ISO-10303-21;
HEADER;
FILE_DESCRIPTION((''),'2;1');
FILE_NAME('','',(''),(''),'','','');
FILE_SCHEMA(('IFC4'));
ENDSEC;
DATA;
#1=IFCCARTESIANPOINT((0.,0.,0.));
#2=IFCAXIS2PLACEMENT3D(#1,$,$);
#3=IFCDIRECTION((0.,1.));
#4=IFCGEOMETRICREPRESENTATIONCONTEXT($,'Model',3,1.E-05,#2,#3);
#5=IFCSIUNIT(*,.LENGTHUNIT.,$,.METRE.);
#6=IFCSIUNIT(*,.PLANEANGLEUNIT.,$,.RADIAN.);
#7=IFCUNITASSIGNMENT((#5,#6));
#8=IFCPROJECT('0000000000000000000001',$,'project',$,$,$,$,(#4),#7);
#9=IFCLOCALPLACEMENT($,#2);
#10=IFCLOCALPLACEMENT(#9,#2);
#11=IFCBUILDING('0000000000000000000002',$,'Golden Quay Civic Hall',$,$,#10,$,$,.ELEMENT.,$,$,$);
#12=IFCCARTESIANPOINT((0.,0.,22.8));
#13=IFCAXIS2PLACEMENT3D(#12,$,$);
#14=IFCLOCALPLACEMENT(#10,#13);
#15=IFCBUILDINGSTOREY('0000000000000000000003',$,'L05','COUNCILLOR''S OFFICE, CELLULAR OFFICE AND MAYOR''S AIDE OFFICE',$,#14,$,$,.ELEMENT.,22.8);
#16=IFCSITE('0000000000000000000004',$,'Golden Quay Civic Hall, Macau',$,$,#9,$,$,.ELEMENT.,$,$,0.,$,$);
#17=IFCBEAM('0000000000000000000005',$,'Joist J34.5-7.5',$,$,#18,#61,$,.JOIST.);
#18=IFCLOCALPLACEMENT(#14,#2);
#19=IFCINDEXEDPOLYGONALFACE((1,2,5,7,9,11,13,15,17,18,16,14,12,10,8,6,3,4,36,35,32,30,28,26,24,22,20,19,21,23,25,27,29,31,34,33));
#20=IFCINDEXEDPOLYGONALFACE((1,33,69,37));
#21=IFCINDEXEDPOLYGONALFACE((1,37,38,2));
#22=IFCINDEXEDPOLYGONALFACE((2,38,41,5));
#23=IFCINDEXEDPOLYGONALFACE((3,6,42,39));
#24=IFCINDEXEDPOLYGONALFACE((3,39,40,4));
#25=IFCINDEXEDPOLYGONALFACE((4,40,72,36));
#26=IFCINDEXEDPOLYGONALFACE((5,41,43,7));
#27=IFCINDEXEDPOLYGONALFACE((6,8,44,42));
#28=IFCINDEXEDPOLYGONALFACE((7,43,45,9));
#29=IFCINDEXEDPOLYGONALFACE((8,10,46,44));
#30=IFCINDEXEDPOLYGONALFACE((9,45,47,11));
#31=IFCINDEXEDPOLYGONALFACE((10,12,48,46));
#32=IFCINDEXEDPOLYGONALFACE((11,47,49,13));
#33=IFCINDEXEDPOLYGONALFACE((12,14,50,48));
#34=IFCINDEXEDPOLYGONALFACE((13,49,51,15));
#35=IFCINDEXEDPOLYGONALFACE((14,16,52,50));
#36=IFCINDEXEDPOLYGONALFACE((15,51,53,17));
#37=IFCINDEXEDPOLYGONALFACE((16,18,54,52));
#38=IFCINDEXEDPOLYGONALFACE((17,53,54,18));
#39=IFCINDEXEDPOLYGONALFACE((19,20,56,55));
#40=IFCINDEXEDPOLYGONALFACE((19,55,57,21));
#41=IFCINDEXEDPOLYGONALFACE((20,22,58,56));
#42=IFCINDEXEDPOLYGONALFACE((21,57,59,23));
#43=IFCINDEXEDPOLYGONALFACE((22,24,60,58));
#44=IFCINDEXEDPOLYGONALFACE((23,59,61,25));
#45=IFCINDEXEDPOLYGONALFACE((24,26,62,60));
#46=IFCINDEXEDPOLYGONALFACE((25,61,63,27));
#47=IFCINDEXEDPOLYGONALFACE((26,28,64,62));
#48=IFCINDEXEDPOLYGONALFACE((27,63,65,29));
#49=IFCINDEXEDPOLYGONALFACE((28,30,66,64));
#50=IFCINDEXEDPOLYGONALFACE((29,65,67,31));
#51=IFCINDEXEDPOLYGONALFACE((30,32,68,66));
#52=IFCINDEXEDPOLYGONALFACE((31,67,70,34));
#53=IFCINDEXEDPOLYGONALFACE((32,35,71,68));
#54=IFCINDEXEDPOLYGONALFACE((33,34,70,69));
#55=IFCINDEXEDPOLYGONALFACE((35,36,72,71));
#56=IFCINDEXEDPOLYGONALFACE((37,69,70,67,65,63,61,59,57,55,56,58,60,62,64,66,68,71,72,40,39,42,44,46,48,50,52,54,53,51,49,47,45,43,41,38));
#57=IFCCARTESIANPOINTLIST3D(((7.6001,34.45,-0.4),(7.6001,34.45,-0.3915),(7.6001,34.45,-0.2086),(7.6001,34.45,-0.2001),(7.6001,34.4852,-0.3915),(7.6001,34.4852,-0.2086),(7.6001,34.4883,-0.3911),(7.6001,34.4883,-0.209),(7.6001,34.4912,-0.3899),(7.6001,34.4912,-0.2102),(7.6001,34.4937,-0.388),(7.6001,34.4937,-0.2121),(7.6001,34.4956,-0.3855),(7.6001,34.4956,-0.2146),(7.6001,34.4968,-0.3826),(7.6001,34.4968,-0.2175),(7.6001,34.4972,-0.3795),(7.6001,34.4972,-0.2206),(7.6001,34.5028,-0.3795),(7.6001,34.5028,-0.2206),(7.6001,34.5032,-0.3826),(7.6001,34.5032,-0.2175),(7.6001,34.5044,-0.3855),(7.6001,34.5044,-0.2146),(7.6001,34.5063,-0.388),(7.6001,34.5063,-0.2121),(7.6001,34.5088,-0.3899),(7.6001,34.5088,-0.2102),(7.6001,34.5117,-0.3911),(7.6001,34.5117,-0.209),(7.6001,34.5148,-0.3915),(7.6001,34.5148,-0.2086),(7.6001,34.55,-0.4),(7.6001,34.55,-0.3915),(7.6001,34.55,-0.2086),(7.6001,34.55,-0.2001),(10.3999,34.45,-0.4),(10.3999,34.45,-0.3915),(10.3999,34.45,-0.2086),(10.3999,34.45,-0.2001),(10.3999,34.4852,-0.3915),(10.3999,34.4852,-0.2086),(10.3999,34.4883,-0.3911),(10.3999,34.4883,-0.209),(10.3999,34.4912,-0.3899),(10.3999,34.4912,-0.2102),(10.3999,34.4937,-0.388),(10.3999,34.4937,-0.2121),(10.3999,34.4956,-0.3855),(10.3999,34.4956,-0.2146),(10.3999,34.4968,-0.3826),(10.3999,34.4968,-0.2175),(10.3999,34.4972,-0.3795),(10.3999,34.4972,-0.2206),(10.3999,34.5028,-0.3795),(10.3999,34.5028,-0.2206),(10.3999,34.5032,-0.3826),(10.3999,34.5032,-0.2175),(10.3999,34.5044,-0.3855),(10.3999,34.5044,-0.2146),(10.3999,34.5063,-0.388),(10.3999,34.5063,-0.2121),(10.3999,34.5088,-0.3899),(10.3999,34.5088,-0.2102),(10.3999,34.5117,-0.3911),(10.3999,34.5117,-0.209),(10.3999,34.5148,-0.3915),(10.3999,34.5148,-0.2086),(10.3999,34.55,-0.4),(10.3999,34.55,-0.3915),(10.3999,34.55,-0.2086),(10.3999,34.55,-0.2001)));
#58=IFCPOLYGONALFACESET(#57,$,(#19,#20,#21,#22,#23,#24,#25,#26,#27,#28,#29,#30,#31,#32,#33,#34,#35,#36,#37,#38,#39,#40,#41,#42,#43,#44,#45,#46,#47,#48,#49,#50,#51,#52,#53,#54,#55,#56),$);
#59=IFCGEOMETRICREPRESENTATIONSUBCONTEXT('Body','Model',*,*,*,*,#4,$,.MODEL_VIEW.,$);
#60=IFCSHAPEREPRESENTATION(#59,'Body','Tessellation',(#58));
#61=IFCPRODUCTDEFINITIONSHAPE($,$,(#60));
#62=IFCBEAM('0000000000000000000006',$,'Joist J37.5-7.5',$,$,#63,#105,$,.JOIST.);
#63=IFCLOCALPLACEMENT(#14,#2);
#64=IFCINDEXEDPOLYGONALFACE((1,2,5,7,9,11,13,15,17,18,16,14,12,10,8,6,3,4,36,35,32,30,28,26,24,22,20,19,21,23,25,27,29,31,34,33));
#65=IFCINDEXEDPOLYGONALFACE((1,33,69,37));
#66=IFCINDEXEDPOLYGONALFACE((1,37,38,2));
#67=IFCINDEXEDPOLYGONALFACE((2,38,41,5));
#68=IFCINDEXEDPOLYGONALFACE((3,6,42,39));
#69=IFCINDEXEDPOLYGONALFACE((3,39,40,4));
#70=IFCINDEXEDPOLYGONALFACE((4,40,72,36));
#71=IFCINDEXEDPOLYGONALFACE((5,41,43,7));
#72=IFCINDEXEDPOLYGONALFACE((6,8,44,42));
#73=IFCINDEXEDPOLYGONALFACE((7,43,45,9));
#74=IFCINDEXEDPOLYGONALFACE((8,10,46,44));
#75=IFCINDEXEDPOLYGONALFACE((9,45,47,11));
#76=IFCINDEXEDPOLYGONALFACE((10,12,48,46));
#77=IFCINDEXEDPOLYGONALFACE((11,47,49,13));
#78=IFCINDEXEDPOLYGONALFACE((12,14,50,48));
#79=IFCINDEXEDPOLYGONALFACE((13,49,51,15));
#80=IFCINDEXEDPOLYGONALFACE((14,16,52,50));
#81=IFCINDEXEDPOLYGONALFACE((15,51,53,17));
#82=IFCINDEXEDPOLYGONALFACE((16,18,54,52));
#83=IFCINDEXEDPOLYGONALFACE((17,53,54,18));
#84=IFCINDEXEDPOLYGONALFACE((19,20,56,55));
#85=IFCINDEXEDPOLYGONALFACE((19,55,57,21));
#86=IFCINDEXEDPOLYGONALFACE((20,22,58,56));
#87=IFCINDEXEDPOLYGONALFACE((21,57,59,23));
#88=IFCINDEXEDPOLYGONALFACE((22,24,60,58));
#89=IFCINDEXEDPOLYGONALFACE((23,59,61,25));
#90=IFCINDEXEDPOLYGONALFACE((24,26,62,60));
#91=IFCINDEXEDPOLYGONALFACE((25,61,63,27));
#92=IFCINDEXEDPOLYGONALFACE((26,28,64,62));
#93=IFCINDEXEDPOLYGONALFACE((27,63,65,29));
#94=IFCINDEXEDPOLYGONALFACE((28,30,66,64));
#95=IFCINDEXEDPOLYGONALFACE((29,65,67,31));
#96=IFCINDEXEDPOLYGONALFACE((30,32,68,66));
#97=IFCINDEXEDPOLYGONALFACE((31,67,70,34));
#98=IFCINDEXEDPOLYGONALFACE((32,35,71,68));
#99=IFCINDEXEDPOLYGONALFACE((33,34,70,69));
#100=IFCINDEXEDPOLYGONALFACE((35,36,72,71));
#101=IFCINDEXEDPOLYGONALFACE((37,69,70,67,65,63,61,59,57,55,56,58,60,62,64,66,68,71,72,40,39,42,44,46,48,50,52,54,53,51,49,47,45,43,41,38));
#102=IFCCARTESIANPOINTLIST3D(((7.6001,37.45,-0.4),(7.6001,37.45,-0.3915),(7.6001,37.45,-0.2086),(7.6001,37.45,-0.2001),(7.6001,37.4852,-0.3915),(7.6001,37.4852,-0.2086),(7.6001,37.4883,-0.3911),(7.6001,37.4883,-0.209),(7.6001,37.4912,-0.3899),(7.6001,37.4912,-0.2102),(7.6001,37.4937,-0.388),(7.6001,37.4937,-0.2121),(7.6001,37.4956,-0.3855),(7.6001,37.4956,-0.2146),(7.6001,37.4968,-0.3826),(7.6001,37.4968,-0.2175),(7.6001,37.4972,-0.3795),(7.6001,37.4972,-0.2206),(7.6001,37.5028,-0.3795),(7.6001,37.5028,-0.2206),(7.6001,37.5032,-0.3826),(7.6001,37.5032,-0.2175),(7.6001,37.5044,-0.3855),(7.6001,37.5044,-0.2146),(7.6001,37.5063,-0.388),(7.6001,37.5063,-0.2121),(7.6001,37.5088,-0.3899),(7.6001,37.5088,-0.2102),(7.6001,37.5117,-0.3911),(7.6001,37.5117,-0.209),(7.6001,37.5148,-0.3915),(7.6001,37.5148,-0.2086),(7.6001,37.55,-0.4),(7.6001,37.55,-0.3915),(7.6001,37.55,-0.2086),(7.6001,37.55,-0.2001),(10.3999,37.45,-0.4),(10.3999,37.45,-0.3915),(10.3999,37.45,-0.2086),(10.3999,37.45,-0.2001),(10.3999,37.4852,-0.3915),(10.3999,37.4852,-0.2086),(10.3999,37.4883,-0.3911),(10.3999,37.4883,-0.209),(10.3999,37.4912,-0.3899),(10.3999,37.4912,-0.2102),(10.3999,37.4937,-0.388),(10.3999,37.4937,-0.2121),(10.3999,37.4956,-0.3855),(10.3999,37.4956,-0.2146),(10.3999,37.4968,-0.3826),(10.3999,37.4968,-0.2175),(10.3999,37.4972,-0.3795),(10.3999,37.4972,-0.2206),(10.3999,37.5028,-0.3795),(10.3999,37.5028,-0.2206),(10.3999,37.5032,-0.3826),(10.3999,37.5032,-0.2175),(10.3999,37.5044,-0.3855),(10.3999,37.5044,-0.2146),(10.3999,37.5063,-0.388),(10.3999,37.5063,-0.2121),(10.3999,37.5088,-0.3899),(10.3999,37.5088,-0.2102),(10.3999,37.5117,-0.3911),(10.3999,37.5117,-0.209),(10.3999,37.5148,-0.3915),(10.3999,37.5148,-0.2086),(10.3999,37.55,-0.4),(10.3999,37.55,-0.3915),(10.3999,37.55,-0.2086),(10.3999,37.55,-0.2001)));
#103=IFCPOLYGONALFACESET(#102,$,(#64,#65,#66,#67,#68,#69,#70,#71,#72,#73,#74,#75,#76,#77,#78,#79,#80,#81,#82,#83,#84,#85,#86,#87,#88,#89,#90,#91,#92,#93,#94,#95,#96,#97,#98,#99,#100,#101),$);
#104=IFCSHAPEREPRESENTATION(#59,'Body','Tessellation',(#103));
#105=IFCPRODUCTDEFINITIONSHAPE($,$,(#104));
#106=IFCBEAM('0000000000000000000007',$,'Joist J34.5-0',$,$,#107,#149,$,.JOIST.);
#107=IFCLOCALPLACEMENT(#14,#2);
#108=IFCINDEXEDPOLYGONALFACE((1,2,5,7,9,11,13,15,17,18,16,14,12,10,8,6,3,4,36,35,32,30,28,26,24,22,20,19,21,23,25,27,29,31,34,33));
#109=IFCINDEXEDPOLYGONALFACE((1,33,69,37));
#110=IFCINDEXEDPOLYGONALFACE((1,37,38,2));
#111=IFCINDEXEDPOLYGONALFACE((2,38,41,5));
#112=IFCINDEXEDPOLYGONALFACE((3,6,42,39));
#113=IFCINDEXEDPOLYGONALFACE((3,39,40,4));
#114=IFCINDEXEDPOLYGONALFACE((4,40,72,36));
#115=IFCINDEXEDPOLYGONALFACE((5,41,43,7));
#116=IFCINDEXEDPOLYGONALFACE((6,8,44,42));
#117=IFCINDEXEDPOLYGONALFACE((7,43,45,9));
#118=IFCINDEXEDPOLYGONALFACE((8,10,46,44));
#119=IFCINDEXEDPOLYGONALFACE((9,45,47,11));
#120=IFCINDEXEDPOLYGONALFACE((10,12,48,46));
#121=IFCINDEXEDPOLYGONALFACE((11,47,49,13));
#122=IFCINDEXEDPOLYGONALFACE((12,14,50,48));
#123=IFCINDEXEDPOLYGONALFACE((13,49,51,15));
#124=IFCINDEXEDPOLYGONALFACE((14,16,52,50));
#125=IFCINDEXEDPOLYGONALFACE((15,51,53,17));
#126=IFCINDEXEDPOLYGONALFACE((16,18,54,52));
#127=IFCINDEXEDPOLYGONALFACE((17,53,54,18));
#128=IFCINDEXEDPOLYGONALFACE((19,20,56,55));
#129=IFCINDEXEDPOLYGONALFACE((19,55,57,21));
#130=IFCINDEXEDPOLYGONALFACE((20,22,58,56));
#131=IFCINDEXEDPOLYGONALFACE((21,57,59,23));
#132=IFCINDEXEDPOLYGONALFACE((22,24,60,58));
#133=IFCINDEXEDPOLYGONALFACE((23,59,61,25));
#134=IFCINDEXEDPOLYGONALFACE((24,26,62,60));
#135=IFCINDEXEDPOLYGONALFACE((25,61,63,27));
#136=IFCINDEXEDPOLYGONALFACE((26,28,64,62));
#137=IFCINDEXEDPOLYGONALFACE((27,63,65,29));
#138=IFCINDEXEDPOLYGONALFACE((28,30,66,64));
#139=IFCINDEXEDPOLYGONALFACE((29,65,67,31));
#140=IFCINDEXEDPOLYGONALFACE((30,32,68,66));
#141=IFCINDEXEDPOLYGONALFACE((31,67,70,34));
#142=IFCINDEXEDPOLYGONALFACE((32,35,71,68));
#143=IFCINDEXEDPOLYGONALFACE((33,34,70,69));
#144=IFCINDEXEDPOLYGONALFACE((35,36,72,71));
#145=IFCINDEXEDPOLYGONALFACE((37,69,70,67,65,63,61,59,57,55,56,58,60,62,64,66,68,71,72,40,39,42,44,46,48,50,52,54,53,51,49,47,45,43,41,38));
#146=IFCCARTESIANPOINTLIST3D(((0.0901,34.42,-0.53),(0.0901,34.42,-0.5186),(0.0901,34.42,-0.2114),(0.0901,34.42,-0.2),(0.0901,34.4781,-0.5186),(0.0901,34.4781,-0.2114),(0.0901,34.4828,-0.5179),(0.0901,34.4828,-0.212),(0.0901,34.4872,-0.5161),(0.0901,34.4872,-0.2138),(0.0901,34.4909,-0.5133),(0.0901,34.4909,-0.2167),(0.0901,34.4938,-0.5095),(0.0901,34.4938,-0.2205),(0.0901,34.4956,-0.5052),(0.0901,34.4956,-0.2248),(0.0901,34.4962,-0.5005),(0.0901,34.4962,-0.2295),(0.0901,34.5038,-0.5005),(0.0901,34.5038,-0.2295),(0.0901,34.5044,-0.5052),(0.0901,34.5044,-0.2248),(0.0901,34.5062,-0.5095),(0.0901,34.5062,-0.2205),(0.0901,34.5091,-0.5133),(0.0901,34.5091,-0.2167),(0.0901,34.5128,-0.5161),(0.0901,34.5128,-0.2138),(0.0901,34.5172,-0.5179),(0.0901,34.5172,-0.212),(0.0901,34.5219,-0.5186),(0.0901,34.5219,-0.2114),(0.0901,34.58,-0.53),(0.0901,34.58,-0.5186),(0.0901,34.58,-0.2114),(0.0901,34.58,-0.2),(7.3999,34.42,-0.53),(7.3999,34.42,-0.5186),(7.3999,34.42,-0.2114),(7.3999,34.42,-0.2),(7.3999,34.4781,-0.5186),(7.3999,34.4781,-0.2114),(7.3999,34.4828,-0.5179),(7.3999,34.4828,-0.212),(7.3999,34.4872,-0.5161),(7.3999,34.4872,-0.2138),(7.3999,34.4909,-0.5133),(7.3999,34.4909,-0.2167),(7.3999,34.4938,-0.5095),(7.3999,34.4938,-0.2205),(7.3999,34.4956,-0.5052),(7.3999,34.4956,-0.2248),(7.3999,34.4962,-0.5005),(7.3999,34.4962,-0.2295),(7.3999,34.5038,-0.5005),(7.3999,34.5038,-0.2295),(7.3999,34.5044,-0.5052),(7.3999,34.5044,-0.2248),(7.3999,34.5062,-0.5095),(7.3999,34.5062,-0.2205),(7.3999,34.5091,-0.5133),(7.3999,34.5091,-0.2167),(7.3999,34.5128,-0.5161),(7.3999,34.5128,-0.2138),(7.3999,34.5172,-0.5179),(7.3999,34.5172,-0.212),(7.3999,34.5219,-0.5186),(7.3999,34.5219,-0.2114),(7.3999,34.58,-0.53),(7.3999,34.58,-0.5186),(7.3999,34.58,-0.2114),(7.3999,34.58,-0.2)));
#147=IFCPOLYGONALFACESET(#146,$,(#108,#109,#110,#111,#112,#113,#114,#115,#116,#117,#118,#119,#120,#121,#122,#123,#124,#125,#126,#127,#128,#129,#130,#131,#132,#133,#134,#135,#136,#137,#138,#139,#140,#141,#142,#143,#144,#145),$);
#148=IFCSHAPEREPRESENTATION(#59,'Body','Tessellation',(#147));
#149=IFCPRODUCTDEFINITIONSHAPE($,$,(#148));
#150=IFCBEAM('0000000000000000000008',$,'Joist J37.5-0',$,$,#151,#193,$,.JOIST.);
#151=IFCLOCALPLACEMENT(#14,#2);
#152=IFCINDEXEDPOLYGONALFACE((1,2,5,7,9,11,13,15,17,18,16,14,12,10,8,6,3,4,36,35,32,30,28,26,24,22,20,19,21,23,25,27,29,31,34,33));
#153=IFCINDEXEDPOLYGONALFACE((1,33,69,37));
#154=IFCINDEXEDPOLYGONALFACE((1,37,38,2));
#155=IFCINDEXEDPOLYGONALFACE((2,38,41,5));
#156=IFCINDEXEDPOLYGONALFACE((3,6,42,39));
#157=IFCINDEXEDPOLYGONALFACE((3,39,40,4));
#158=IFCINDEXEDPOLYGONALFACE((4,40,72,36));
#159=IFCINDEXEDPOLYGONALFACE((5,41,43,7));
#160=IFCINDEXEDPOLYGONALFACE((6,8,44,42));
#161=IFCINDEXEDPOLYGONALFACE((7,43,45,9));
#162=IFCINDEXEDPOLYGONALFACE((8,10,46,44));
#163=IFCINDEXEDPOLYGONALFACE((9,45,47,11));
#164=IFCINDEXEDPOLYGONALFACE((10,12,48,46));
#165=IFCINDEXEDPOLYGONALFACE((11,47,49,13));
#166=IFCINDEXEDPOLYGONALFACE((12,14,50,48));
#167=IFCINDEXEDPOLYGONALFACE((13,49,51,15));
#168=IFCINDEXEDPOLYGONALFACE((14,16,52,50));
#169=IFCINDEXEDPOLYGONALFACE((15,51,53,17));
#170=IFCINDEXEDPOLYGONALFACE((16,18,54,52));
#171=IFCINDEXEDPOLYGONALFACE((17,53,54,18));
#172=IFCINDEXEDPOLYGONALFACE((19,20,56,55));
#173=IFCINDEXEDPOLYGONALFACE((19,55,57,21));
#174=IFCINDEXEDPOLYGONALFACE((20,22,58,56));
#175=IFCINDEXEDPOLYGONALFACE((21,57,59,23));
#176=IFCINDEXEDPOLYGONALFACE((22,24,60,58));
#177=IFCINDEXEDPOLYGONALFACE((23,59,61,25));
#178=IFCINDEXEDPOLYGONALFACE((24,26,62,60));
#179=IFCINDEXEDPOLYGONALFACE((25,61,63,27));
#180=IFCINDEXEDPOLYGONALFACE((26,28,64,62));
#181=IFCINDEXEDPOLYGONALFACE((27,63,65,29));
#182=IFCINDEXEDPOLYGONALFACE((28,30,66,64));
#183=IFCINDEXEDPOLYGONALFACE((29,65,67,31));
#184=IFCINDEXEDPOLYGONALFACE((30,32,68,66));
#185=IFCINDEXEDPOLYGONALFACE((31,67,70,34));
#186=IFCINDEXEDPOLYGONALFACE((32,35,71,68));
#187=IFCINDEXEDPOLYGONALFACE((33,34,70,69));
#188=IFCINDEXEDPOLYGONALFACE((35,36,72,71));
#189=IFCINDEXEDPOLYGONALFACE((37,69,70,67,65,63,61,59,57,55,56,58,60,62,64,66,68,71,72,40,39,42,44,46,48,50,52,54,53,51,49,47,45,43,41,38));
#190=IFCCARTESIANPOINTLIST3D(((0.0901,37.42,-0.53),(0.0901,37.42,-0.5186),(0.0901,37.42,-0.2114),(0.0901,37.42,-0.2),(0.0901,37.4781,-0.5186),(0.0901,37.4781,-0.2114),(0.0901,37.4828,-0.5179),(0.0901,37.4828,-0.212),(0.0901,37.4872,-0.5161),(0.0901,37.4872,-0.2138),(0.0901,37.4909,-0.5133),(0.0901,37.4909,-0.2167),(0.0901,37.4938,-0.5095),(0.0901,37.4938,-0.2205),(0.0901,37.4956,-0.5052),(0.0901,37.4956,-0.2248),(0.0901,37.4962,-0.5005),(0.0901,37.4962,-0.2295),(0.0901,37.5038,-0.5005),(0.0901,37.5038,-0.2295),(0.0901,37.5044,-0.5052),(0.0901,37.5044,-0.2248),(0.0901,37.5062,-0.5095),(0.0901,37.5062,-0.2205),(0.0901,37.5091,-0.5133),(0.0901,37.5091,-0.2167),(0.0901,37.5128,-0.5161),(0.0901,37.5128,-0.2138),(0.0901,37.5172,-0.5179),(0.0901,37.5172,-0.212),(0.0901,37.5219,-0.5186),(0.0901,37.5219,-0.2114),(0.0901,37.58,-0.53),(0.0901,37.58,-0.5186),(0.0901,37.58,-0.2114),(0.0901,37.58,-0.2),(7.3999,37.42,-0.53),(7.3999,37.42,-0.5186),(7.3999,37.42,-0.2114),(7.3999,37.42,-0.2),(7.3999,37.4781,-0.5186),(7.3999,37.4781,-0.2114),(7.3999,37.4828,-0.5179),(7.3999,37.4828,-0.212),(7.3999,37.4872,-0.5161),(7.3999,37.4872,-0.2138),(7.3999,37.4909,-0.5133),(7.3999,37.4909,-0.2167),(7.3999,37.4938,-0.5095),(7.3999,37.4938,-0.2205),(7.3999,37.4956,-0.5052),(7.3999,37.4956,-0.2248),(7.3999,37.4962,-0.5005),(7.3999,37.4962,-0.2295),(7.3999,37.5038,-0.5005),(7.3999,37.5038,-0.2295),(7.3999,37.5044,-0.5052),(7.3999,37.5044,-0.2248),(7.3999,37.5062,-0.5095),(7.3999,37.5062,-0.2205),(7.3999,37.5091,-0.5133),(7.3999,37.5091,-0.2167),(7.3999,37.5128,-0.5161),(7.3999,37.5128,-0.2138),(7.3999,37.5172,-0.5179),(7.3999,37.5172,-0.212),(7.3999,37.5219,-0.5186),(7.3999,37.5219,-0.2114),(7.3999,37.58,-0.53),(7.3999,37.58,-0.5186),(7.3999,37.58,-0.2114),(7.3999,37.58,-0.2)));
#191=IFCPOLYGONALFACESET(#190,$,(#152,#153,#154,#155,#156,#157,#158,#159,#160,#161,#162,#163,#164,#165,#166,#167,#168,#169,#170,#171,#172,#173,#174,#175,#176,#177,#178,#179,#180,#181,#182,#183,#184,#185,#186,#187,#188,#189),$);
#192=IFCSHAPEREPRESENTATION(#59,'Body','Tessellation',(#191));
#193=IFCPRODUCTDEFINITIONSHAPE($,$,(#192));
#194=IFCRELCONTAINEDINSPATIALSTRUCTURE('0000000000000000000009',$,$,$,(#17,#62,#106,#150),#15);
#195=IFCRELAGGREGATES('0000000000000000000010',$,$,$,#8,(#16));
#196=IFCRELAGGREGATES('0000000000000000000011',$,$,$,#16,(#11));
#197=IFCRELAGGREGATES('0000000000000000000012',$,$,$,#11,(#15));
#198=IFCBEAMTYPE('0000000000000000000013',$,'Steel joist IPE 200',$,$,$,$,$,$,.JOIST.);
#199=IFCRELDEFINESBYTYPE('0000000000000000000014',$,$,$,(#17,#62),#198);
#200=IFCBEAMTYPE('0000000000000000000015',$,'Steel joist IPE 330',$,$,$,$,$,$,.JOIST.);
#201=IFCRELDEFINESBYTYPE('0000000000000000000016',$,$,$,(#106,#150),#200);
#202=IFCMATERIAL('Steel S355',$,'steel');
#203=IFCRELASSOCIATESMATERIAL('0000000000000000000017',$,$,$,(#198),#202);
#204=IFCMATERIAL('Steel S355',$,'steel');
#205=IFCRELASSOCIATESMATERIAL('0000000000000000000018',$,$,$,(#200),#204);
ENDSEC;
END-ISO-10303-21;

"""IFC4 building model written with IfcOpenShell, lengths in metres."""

from ifc_helpers import new_model, si_unit, direction, frame, origin, origin_2d, place, context, subcontext, project, spatial, i_section, extrude, material, material_profile, profile_set, type_object, element, save


model = new_model("IFC4")

# Units and contexts
model_context = context("Model", 3, precision=1e-05, world=origin(), true_north=direction((0.0, 1.0)))
body_context = subcontext(model_context, "Body", "Model", "MODEL_VIEW")
ifc_project = project(units=[si_unit("LENGTHUNIT", "METRE"), si_unit("PLANEANGLEUNIT", "RADIAN")], contexts=[model_context])

# Site, building, storey
site_placement = place(None, origin())
site = spatial("IfcSite", under=ifc_project, at=site_placement, Name="Golden Quay Civic Hall, Macau", CompositionType="ELEMENT", RefElevation=0.0)
building_placement = place(site_placement, origin())
building = spatial("IfcBuilding", under=site, at=building_placement, Name="Golden Quay Civic Hall", CompositionType="ELEMENT")
storey_placement = place(building_placement, frame((0.0, 0.0, 22.8)))
storey = spatial("IfcBuildingStorey", under=building, at=storey_placement, Name="L05", Description="COUNCILLOR'S OFFICE, CELLULAR OFFICE AND MAYOR'S AIDE OFFICE", CompositionType="ELEMENT", Elevation=22.8)

# Beams
ifc_material_1 = material(Name="Steel S355", Category="steel")
ifc_material_profile_1 = material_profile(ifc_material_1, i_section(OverallWidth=0.1001, OverallDepth=0.2, WebThickness=0.0056, FlangeThickness=0.0085, FilletRadius=0.012, at=origin_2d()), Name="IPE 200")
ifc_profile_set_1 = profile_set([ifc_material_profile_1], Name="Steel S355")
beam_type_1 = type_object("IfcBeamType", Name="Steel joist IPE 200", PredefinedType="JOIST", material=ifc_profile_set_1)
for number, where, z_axis, x_axis, name in (
    (1, (7.6001, 34.5, -0.3), (1.0, 0.0, 0.0), (0.0, 1.0, 0.0), "Joist J34.5-7.5"),
    (2, (7.6001, 37.5, -0.3), (1.0, 0.0, 0.0), (0.0, 1.0, 0.0), "Joist J37.5-7.5"),
):
    element("IfcBeam", number, at=place(storey_placement, frame(where, z_axis=z_axis, x_axis=x_axis)), inside=storey, type_object=beam_type_1, Name=name, PredefinedType="JOIST", context=body_context, shape_type="SweptSolid", body=[
        extrude(i_section(OverallWidth=0.1001, OverallDepth=0.2, WebThickness=0.0056, FlangeThickness=0.0085, FilletRadius=0.012, at=origin_2d()), origin(), (0.0, 0.0, 1.0), 2.7998),
    ])
ifc_material_2 = material(Name="Steel S355", Category="steel")
ifc_material_profile_2 = material_profile(ifc_material_2, i_section(OverallWidth=0.1599, OverallDepth=0.3301, WebThickness=0.0076, FlangeThickness=0.0115, FilletRadius=0.0181, at=origin_2d()), Name="IPE 330")
ifc_profile_set_2 = profile_set([ifc_material_profile_2], Name="Steel S355")
beam_type_2 = type_object("IfcBeamType", Name="Steel joist IPE 330", PredefinedType="JOIST", material=ifc_profile_set_2)
for number, where, z_axis, x_axis, name in (
    (3, (0.0901, 34.5, -0.365), (1.0, 0.0, 0.0), (0.0, 1.0, 0.0), "Joist J34.5-0"),
    (4, (0.0901, 37.5, -0.365), (1.0, 0.0, 0.0), (0.0, 1.0, 0.0), "Joist J37.5-0"),
):
    element("IfcBeam", number, at=place(storey_placement, frame(where, z_axis=z_axis, x_axis=x_axis)), inside=storey, type_object=beam_type_2, Name=name, PredefinedType="JOIST", context=body_context, shape_type="SweptSolid", body=[
        extrude(i_section(OverallWidth=0.1599, OverallDepth=0.3301, WebThickness=0.0076, FlangeThickness=0.0115, FilletRadius=0.0181, at=origin_2d()), origin(), (0.0, 0.0, 1.0), 7.3098),
    ])

save(model, "model.ifc")
